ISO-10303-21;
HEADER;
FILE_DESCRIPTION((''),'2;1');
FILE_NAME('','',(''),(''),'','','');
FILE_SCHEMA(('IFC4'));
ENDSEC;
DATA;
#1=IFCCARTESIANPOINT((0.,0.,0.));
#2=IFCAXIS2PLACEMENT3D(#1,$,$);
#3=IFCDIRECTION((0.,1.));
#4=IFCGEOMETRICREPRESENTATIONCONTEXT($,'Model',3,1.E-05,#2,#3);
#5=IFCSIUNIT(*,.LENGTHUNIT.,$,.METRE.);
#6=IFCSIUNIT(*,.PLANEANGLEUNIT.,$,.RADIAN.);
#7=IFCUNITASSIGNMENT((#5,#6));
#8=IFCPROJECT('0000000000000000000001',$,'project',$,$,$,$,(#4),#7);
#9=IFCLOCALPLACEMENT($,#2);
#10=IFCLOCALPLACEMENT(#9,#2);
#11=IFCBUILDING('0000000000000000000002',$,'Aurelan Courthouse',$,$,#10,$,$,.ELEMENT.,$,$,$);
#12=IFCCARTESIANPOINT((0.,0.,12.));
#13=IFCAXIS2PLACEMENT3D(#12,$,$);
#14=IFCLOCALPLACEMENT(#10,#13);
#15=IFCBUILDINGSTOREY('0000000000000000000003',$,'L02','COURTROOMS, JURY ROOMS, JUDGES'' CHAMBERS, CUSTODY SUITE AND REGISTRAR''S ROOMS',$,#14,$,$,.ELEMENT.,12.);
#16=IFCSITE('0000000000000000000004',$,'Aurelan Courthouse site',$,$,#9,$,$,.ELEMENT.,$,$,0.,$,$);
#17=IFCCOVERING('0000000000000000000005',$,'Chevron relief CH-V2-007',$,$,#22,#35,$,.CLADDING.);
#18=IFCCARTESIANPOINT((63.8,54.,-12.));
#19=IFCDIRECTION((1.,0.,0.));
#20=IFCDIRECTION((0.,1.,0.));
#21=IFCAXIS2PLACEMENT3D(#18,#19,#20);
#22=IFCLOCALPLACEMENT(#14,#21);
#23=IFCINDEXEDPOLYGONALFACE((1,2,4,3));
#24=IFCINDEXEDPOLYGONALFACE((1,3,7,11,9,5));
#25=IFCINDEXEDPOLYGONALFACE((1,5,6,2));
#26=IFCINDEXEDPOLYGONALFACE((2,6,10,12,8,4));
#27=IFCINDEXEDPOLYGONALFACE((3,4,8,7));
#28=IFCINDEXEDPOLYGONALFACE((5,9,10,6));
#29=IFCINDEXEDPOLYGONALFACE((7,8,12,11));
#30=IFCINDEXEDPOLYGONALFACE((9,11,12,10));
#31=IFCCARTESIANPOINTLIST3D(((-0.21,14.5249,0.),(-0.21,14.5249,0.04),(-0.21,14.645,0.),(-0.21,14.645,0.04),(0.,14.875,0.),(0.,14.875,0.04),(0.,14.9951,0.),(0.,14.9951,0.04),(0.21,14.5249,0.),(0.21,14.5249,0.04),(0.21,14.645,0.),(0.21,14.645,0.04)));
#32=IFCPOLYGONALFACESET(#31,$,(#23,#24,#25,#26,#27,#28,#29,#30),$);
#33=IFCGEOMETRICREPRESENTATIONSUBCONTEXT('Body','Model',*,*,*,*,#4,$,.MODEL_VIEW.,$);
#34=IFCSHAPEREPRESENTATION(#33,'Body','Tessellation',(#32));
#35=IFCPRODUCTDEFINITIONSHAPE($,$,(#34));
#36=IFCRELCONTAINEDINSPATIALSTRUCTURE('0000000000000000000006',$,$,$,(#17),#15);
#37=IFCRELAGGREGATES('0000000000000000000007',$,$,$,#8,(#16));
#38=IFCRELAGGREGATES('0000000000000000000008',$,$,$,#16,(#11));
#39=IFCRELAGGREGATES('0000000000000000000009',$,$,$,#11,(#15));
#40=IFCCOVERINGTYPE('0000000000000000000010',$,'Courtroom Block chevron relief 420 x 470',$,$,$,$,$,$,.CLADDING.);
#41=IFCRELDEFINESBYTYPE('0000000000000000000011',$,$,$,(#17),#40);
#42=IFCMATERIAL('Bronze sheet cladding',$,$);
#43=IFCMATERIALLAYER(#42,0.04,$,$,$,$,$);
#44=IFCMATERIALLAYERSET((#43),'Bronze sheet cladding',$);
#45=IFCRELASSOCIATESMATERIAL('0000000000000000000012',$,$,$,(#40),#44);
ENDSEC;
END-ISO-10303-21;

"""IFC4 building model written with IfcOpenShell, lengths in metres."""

from ifc_helpers import new_model, si_unit, direction, frame, origin, place, context, subcontext, project, spatial, polyline, outline, extrude, material, layer, layer_set, type_object, element, save


model = new_model("IFC4")

# Units and contexts
model_context = context("Model", 3, precision=1e-05, world=origin(), true_north=direction((0.0, 1.0)))
body_context = subcontext(model_context, "Body", "Model", "MODEL_VIEW")
ifc_project = project(units=[si_unit("LENGTHUNIT", "METRE"), si_unit("PLANEANGLEUNIT", "RADIAN")], contexts=[model_context])

# Site, building, storey
site_placement = place(None, origin())
site = spatial("IfcSite", under=ifc_project, at=site_placement, Name="Aurelan Courthouse site", CompositionType="ELEMENT", RefElevation=0.0)
building_placement = place(site_placement, origin())
building = spatial("IfcBuilding", under=site, at=building_placement, Name="Aurelan Courthouse", CompositionType="ELEMENT")
storey_placement = place(building_placement, frame((0.0, 0.0, 12.0)))
storey = spatial("IfcBuildingStorey", under=building, at=storey_placement, Name="L02", Description="COURTROOMS, JURY ROOMS, JUDGES' CHAMBERS, CUSTODY SUITE AND REGISTRAR'S ROOMS", CompositionType="ELEMENT", Elevation=12.0)

# Covering
ifc_material_1 = material(Name="Bronze sheet cladding")
ifc_layer_1 = layer(ifc_material_1, 0.04)
ifc_layer_set_1 = layer_set([ifc_layer_1], Name="Bronze sheet cladding")
covering_type_1 = type_object("IfcCoveringType", Name="Courtroom Block chevron relief 420 x 470", PredefinedType="CLADDING", material=ifc_layer_set_1)
covering_1_placement = place(storey_placement, frame((63.8, 54.0, -12.0), z_axis=(1.0, 0.0, 0.0), x_axis=(0.0, 1.0, 0.0)))
element("IfcCovering", 1, at=covering_1_placement, inside=storey, type_object=covering_type_1, Name="Chevron relief CH-V2-007", PredefinedType="CLADDING", context=body_context, shape_type="SweptSolid", body=[
    extrude(outline(polyline([(-0.21, 14.5249), (0.0, 14.875), (0.21, 14.5249), (0.21, 14.645), (0.0, 14.9951), (-0.21, 14.645), (-0.21, 14.5249)])), origin(), (0.0, 0.0, 1.0), 0.04),
])

save(model, "model.ifc")
